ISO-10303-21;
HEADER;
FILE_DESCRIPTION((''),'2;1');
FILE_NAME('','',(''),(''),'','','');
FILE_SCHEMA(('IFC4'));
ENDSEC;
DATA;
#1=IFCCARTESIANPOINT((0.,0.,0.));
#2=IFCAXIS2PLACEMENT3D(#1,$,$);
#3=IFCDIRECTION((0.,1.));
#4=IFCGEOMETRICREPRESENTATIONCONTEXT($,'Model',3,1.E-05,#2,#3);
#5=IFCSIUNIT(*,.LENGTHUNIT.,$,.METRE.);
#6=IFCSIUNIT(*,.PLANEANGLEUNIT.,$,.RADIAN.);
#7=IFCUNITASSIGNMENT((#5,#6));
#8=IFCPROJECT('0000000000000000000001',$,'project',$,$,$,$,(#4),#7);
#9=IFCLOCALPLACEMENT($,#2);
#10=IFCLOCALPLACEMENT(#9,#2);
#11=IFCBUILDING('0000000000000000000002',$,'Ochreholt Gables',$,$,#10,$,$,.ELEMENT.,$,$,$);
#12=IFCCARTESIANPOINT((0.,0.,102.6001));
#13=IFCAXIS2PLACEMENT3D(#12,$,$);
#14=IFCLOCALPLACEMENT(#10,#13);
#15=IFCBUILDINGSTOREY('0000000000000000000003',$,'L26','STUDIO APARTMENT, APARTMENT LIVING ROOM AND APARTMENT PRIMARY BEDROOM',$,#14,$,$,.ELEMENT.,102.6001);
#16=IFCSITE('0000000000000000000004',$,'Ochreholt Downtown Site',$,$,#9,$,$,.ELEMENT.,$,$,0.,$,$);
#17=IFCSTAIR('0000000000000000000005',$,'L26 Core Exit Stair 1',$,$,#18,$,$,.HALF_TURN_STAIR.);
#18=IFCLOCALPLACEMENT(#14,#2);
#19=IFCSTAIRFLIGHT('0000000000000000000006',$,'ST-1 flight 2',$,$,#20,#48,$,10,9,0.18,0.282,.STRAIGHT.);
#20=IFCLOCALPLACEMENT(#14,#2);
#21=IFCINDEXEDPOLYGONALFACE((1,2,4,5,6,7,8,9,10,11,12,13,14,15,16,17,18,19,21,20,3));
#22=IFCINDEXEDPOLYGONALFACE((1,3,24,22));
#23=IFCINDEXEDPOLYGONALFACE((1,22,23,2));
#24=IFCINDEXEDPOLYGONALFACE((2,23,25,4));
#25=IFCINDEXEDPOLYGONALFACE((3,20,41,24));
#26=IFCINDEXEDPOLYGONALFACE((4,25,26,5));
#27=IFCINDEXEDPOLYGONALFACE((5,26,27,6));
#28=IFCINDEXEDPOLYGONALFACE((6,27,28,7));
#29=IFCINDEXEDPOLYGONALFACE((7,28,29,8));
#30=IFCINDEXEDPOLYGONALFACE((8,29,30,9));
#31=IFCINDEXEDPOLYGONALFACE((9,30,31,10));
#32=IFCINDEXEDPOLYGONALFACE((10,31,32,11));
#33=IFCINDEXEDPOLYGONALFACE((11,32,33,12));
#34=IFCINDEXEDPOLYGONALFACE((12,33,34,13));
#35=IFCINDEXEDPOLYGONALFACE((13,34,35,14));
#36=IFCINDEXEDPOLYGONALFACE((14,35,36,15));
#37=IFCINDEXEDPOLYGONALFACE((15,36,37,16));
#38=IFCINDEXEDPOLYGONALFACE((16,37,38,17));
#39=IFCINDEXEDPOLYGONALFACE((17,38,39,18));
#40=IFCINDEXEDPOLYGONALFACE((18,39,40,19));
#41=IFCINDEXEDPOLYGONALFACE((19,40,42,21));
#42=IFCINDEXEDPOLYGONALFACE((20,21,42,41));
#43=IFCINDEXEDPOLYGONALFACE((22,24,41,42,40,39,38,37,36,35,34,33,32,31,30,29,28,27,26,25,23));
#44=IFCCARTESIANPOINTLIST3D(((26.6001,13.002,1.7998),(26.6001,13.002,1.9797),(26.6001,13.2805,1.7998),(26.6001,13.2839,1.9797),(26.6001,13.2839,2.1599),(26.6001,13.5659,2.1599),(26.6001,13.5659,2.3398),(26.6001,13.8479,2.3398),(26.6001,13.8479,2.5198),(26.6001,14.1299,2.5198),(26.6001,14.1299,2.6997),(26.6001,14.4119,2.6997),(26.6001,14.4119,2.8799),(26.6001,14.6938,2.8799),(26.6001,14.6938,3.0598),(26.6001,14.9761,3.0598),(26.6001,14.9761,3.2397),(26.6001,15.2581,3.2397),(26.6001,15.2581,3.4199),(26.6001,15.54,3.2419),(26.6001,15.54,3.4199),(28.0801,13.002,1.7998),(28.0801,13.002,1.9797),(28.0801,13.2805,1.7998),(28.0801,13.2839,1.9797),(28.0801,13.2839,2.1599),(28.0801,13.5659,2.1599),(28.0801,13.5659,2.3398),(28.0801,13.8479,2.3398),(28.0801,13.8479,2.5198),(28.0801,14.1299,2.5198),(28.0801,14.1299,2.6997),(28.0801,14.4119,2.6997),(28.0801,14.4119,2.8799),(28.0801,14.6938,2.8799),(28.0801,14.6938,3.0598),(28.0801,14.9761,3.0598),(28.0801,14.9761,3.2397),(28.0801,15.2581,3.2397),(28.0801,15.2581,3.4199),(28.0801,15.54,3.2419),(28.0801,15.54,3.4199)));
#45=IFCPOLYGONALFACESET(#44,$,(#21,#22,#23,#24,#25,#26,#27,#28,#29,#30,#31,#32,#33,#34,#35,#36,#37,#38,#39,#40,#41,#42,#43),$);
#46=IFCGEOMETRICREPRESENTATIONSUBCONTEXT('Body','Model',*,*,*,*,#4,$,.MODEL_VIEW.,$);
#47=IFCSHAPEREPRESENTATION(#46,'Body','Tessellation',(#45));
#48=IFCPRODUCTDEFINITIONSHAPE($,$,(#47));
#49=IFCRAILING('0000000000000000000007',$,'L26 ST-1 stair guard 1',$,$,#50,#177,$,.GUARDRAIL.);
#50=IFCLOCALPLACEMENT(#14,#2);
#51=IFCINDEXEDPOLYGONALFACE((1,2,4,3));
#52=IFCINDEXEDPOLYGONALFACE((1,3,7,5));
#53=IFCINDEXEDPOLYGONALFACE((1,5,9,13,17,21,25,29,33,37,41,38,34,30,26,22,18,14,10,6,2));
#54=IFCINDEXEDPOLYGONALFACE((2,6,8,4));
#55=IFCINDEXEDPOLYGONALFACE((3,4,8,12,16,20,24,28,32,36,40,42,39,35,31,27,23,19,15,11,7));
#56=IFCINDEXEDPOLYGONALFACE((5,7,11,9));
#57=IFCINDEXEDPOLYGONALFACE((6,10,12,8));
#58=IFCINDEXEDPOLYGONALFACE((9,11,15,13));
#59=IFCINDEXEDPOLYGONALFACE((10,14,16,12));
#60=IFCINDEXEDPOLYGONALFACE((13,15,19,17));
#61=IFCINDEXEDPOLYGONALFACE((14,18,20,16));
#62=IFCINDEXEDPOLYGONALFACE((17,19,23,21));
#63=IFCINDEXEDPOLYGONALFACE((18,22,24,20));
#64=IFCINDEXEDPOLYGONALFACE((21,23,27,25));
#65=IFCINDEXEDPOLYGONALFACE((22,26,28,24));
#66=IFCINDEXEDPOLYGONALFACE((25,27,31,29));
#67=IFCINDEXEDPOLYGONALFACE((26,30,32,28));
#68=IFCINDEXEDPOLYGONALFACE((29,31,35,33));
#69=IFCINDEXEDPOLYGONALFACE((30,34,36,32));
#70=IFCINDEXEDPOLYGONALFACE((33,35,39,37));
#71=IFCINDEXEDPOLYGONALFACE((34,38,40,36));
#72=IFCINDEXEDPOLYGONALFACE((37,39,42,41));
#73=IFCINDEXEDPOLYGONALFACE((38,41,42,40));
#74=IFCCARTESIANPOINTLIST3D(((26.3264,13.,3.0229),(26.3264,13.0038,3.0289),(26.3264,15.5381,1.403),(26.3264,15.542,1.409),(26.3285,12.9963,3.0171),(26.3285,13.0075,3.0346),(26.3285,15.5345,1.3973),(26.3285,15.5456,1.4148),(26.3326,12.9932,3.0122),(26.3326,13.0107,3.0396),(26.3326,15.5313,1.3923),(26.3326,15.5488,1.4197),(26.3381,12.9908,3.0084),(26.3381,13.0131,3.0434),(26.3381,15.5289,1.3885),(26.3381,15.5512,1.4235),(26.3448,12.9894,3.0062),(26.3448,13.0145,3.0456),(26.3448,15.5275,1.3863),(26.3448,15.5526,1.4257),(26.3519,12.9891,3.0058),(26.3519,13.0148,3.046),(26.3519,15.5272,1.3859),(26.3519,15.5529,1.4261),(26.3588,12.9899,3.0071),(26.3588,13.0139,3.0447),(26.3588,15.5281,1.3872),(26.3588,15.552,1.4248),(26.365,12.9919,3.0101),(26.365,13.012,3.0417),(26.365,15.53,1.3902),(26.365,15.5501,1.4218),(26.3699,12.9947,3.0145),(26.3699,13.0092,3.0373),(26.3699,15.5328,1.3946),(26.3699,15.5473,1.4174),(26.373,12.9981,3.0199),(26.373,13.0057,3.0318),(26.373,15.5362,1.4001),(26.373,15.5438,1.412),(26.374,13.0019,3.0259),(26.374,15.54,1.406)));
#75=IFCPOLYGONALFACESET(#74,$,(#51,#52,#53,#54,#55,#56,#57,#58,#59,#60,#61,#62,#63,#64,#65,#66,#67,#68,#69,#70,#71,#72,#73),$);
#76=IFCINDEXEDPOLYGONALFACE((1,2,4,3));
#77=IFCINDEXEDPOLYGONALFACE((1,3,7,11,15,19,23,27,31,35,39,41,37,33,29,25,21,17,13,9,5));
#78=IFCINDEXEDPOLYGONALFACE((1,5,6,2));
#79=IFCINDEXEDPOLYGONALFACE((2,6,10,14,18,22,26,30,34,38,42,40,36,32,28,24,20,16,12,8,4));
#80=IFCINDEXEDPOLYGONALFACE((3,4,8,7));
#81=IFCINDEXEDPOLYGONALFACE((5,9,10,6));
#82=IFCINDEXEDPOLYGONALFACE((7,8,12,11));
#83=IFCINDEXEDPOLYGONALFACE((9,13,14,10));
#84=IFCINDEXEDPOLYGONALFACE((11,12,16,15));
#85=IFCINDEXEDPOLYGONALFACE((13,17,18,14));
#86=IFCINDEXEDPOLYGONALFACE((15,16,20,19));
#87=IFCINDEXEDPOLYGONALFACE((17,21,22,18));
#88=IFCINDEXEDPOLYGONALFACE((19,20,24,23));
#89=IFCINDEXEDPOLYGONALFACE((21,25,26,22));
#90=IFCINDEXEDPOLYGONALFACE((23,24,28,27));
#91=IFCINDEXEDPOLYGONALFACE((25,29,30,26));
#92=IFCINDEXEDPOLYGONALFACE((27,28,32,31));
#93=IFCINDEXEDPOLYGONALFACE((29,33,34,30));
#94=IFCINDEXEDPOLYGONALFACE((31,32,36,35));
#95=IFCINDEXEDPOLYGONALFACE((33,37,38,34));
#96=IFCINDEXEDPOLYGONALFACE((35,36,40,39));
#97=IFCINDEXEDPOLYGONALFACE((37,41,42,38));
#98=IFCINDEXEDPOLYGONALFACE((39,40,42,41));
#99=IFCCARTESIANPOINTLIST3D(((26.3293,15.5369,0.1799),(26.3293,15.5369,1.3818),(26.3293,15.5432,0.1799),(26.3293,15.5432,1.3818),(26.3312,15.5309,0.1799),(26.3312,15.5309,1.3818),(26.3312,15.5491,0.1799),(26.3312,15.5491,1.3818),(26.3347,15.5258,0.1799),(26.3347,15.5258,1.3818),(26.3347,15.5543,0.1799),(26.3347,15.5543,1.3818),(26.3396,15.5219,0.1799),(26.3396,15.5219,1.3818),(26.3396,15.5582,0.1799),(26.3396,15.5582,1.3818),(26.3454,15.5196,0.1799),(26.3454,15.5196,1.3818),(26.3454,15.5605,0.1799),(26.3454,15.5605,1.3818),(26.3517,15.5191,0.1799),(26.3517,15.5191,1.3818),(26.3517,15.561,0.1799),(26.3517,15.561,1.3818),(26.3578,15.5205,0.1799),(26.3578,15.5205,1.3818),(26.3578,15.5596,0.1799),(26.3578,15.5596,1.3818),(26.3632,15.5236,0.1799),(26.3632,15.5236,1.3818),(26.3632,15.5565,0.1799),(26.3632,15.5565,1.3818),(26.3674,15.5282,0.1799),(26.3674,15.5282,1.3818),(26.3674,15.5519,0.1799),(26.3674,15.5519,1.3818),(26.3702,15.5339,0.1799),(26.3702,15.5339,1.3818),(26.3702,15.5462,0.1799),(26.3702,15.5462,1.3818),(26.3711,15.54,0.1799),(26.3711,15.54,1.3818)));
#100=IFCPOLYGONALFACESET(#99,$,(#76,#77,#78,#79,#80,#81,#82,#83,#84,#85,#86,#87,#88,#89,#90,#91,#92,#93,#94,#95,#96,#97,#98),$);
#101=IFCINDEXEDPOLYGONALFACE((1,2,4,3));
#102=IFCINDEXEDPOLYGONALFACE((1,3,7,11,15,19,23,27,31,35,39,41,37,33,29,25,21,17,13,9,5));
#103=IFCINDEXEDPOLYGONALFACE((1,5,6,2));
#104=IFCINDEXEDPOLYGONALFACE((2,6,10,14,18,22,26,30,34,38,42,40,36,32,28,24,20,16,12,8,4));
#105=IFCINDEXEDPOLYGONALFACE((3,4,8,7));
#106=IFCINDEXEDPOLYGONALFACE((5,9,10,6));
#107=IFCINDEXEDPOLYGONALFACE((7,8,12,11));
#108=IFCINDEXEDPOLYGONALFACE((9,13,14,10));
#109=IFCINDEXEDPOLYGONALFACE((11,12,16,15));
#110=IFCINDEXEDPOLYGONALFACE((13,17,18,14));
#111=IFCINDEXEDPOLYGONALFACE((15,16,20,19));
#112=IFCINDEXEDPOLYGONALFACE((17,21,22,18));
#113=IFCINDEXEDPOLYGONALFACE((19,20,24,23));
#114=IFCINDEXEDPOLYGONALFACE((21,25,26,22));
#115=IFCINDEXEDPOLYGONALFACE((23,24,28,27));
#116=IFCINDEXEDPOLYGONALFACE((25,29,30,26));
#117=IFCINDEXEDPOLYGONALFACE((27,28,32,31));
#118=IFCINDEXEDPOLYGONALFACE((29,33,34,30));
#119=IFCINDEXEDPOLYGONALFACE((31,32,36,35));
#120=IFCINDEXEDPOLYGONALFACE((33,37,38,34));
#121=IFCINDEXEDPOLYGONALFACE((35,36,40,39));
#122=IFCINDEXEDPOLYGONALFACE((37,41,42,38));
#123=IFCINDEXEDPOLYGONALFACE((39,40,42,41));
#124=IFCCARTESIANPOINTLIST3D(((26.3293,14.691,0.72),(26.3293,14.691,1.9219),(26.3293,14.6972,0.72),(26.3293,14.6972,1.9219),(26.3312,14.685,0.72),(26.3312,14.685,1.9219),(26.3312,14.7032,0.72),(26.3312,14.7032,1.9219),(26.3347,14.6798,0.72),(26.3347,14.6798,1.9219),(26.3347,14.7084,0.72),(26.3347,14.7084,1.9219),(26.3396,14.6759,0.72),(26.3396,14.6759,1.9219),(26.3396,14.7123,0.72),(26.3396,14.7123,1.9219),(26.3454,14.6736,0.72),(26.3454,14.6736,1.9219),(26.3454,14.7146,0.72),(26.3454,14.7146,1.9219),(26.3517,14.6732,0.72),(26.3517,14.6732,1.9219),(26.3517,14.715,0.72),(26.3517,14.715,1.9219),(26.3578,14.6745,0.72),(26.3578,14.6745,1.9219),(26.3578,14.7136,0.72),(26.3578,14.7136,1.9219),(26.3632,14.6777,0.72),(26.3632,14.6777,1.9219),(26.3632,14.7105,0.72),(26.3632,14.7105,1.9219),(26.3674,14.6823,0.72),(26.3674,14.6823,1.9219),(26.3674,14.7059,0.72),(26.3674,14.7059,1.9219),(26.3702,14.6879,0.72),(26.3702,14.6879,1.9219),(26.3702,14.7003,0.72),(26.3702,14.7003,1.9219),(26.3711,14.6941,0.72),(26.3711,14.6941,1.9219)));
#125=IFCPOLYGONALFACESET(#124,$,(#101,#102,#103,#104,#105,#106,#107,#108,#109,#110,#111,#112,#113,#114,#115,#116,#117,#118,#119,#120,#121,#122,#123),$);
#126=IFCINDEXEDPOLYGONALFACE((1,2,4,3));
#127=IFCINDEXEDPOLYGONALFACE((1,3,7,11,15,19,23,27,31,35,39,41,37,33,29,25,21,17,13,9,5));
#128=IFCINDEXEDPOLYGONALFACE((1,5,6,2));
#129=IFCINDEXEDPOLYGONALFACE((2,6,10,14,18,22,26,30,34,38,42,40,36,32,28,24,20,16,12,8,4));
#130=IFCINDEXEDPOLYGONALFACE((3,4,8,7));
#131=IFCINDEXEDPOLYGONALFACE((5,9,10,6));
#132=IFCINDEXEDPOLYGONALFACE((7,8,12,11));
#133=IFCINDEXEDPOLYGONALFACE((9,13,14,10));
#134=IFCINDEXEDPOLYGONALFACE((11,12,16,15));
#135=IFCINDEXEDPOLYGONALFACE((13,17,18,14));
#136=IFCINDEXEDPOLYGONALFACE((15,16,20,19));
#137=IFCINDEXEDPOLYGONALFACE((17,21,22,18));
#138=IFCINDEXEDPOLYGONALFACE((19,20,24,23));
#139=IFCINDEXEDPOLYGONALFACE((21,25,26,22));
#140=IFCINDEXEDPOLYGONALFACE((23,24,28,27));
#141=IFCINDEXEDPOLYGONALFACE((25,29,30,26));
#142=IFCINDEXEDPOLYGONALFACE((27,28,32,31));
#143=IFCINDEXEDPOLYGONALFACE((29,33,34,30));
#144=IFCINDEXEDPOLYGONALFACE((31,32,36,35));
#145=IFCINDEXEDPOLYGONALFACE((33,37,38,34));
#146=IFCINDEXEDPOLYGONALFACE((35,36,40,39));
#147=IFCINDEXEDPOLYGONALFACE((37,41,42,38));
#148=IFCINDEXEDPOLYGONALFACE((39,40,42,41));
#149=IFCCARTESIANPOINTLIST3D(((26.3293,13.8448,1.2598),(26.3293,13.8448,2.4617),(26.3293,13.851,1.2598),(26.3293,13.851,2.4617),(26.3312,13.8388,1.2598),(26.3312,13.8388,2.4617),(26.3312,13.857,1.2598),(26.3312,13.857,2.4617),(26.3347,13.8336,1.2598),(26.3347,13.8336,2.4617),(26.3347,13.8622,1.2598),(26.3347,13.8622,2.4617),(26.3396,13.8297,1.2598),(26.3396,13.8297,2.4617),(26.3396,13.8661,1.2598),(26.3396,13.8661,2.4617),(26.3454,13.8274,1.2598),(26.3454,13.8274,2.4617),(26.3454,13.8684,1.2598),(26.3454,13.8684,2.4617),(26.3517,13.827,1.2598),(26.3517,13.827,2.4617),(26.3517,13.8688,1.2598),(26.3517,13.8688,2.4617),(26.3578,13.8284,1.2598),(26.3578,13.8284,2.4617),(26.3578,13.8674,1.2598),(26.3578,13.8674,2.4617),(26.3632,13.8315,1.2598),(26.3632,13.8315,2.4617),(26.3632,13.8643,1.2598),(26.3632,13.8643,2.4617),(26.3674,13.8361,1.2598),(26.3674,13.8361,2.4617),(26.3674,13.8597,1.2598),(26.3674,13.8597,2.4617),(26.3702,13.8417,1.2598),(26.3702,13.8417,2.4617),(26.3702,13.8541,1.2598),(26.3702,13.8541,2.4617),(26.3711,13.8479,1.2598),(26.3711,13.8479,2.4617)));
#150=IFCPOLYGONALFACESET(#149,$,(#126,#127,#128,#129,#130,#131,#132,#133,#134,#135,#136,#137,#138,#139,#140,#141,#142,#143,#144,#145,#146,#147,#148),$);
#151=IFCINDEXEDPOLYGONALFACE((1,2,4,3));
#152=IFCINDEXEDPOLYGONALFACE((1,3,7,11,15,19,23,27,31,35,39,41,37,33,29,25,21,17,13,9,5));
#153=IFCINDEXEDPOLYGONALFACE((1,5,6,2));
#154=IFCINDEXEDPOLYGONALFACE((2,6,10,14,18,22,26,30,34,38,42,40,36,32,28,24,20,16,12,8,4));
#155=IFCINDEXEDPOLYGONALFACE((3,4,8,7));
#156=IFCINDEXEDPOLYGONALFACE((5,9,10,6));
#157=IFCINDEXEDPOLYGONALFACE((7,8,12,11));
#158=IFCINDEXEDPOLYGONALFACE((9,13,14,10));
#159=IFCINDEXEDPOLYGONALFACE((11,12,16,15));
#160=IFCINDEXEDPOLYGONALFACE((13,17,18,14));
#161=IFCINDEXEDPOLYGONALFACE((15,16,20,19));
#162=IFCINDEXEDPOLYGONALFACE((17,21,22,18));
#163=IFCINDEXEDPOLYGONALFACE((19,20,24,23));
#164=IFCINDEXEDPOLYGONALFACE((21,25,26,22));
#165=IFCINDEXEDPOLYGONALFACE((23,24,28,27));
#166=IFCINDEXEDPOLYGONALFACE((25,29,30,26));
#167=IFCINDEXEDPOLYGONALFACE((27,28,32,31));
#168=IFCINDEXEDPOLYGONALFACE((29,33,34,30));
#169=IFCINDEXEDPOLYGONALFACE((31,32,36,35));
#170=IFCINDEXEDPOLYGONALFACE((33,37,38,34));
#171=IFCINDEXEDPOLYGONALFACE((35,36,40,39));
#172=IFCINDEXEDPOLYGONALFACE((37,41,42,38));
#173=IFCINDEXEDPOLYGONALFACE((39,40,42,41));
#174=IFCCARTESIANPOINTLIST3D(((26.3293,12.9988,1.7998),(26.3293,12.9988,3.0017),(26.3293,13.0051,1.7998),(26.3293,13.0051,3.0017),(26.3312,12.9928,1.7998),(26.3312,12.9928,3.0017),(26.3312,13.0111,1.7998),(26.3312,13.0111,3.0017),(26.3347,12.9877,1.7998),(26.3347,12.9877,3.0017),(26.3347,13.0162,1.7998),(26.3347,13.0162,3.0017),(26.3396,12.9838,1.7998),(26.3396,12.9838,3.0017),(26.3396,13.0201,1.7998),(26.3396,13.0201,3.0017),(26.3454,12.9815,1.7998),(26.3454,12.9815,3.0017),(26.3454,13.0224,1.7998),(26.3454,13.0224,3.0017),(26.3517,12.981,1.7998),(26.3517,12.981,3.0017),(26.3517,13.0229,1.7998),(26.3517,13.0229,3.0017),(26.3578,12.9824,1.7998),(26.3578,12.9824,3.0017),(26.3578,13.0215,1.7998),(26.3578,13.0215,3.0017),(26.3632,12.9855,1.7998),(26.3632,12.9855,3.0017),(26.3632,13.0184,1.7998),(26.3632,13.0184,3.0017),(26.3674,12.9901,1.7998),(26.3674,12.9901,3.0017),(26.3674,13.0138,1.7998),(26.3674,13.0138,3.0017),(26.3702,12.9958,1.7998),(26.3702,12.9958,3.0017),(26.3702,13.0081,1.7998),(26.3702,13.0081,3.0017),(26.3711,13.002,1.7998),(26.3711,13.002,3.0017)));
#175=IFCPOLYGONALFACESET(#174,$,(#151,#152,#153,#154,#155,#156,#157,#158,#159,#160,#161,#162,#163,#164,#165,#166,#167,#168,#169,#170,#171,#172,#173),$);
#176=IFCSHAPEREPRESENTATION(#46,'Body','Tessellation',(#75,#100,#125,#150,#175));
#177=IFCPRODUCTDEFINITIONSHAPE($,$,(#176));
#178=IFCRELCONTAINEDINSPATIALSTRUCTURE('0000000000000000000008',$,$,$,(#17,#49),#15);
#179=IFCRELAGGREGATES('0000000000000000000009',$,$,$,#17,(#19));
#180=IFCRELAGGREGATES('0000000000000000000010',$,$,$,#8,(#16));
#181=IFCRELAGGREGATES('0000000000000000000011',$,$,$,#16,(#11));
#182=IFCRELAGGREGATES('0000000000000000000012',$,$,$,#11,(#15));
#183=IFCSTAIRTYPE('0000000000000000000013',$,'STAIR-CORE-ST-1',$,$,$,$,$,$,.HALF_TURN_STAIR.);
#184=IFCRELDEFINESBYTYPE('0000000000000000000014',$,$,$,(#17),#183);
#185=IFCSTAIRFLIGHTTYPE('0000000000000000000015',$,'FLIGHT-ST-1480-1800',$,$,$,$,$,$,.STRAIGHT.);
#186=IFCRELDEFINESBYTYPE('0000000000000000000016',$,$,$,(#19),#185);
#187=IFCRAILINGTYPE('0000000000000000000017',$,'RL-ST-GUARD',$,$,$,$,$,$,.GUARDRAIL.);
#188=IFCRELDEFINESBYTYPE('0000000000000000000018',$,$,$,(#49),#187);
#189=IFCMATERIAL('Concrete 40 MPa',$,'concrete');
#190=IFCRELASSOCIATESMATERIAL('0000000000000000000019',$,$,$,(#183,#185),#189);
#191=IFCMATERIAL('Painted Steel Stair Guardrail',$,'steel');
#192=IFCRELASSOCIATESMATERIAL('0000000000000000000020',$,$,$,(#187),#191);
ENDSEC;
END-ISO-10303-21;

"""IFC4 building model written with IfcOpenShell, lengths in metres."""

from ifc_helpers import new_model, si_unit, direction, frame, origin, origin_2d, place, context, subcontext, project, spatial, polyline, circle, outline, extrude, material, type_object, element, aggregate, save


model = new_model("IFC4")

# Units and contexts
model_context = context("Model", 3, precision=1e-05, world=origin(), true_north=direction((0.0, 1.0)))
body_context = subcontext(model_context, "Body", "Model", "MODEL_VIEW")
ifc_project = project(units=[si_unit("LENGTHUNIT", "METRE"), si_unit("PLANEANGLEUNIT", "RADIAN")], contexts=[model_context])

# Site, building, storey
site_placement = place(None, origin())
site = spatial("IfcSite", under=ifc_project, at=site_placement, Name="Ochreholt Downtown Site", CompositionType="ELEMENT", RefElevation=0.0)
building_placement = place(site_placement, origin())
building = spatial("IfcBuilding", under=site, at=building_placement, Name="Ochreholt Gables", CompositionType="ELEMENT")
storey_placement = place(building_placement, frame((0.0, 0.0, 102.6001)))
storey = spatial("IfcBuildingStorey", under=building, at=storey_placement, Name="L26", Description="STUDIO APARTMENT, APARTMENT LIVING ROOM AND APARTMENT PRIMARY BEDROOM", CompositionType="ELEMENT", Elevation=102.6001)

# Shared definitions
ifc_material_1 = material(Name="Concrete 40 MPa", Category="concrete")

# Stair, stair flight
stair_type = type_object("IfcStairType", Name="STAIR-CORE-ST-1", PredefinedType="HALF_TURN_STAIR", material=ifc_material_1)
stair_placement = place(storey_placement, origin())
stair = element("IfcStair", 1, at=stair_placement, inside=storey, type_object=stair_type, Name="L26 Core Exit Stair 1", PredefinedType="HALF_TURN_STAIR")
stair_flight_type = type_object("IfcStairFlightType", Name="FLIGHT-ST-1480-1800", PredefinedType="STRAIGHT", material=ifc_material_1)
stair_flight_1_placement = place(storey_placement, frame((27.3401, 13.002, 1.7998), z_axis=(0.0, 0.0, 1.0), x_axis=(0.0, 1.0, 0.0)))
stair_flight_1 = element("IfcStairFlight", 2, at=stair_flight_1_placement, type_object=stair_flight_type, Name="ST-1 flight 2", NumberOfRisers=10, NumberOfTreads=9, PredefinedType="STRAIGHT", RiserHeight=0.18, TreadLength=0.282, context=body_context, shape_type="SweptSolid", body=[
    extrude(outline(polyline([(0.0, 0.0), (0.0, 0.1799), (0.282, 0.1799), (0.282, 0.3601), (0.564, 0.3601), (0.564, 0.54), (0.8459, 0.54), (0.8459, 0.72), (1.1279, 0.72), (1.1279, 0.8999), (1.4099, 0.8999), (1.4099, 1.0801), (1.6919, 1.0801), (1.6919, 1.26), (1.9741, 1.26), (1.9741, 1.4399), (2.2561, 1.4399), (2.2561, 1.6201), (2.5381, 1.6201), (2.5381, 1.8), (2.5381, 1.4421), (0.2786, 0.0), (0.0, 0.0)])), frame((0.0, 0.74, 0.0), z_axis=(0.0, -1.0, 0.0), x_axis=(1.0, 0.0, 0.0)), (0.0, 0.0, 1.0), 1.48),
])
aggregate(stair, [stair_flight_1])

# Railing
ifc_material_2 = material(Name="Painted Steel Stair Guardrail", Category="steel")
railing_type_1 = type_object("IfcRailingType", Name="RL-ST-GUARD", PredefinedType="GUARDRAIL", material=ifc_material_2)
railing_1_placement = place(storey_placement, frame((26.3501, 15.54, 0.1799)))
element("IfcRailing", 3, at=railing_1_placement, inside=storey, type_object=railing_type_1, Name="L26 ST-1 stair guard 1", PredefinedType="GUARDRAIL", context=body_context, shape_type="SweptSolid", body=[
    extrude(circle(Radius=0.0239, at=origin_2d()), frame((0.0, 0.0, 1.2261), z_axis=(0.0, -0.84295, 0.537993), x_axis=(1.0, 0.0, 0.0)), (0.0, 0.0, 1.0), 3.011),
    extrude(circle(Radius=0.021, at=origin_2d()), origin(), (0.0, 0.0, 1.0), 1.2019),
    extrude(circle(Radius=0.021, at=origin_2d()), frame((0.0, -0.8459, 0.54)), (0.0, 0.0, 1.0), 1.2019),
    extrude(circle(Radius=0.021, at=origin_2d()), frame((0.0, -1.6921, 1.0798)), (0.0, 0.0, 1.0), 1.2019),
    extrude(circle(Radius=0.021, at=origin_2d()), frame((0.0, -2.5381, 1.6199)), (0.0, 0.0, 1.0), 1.2019),
])

save(model, "model.ifc")
